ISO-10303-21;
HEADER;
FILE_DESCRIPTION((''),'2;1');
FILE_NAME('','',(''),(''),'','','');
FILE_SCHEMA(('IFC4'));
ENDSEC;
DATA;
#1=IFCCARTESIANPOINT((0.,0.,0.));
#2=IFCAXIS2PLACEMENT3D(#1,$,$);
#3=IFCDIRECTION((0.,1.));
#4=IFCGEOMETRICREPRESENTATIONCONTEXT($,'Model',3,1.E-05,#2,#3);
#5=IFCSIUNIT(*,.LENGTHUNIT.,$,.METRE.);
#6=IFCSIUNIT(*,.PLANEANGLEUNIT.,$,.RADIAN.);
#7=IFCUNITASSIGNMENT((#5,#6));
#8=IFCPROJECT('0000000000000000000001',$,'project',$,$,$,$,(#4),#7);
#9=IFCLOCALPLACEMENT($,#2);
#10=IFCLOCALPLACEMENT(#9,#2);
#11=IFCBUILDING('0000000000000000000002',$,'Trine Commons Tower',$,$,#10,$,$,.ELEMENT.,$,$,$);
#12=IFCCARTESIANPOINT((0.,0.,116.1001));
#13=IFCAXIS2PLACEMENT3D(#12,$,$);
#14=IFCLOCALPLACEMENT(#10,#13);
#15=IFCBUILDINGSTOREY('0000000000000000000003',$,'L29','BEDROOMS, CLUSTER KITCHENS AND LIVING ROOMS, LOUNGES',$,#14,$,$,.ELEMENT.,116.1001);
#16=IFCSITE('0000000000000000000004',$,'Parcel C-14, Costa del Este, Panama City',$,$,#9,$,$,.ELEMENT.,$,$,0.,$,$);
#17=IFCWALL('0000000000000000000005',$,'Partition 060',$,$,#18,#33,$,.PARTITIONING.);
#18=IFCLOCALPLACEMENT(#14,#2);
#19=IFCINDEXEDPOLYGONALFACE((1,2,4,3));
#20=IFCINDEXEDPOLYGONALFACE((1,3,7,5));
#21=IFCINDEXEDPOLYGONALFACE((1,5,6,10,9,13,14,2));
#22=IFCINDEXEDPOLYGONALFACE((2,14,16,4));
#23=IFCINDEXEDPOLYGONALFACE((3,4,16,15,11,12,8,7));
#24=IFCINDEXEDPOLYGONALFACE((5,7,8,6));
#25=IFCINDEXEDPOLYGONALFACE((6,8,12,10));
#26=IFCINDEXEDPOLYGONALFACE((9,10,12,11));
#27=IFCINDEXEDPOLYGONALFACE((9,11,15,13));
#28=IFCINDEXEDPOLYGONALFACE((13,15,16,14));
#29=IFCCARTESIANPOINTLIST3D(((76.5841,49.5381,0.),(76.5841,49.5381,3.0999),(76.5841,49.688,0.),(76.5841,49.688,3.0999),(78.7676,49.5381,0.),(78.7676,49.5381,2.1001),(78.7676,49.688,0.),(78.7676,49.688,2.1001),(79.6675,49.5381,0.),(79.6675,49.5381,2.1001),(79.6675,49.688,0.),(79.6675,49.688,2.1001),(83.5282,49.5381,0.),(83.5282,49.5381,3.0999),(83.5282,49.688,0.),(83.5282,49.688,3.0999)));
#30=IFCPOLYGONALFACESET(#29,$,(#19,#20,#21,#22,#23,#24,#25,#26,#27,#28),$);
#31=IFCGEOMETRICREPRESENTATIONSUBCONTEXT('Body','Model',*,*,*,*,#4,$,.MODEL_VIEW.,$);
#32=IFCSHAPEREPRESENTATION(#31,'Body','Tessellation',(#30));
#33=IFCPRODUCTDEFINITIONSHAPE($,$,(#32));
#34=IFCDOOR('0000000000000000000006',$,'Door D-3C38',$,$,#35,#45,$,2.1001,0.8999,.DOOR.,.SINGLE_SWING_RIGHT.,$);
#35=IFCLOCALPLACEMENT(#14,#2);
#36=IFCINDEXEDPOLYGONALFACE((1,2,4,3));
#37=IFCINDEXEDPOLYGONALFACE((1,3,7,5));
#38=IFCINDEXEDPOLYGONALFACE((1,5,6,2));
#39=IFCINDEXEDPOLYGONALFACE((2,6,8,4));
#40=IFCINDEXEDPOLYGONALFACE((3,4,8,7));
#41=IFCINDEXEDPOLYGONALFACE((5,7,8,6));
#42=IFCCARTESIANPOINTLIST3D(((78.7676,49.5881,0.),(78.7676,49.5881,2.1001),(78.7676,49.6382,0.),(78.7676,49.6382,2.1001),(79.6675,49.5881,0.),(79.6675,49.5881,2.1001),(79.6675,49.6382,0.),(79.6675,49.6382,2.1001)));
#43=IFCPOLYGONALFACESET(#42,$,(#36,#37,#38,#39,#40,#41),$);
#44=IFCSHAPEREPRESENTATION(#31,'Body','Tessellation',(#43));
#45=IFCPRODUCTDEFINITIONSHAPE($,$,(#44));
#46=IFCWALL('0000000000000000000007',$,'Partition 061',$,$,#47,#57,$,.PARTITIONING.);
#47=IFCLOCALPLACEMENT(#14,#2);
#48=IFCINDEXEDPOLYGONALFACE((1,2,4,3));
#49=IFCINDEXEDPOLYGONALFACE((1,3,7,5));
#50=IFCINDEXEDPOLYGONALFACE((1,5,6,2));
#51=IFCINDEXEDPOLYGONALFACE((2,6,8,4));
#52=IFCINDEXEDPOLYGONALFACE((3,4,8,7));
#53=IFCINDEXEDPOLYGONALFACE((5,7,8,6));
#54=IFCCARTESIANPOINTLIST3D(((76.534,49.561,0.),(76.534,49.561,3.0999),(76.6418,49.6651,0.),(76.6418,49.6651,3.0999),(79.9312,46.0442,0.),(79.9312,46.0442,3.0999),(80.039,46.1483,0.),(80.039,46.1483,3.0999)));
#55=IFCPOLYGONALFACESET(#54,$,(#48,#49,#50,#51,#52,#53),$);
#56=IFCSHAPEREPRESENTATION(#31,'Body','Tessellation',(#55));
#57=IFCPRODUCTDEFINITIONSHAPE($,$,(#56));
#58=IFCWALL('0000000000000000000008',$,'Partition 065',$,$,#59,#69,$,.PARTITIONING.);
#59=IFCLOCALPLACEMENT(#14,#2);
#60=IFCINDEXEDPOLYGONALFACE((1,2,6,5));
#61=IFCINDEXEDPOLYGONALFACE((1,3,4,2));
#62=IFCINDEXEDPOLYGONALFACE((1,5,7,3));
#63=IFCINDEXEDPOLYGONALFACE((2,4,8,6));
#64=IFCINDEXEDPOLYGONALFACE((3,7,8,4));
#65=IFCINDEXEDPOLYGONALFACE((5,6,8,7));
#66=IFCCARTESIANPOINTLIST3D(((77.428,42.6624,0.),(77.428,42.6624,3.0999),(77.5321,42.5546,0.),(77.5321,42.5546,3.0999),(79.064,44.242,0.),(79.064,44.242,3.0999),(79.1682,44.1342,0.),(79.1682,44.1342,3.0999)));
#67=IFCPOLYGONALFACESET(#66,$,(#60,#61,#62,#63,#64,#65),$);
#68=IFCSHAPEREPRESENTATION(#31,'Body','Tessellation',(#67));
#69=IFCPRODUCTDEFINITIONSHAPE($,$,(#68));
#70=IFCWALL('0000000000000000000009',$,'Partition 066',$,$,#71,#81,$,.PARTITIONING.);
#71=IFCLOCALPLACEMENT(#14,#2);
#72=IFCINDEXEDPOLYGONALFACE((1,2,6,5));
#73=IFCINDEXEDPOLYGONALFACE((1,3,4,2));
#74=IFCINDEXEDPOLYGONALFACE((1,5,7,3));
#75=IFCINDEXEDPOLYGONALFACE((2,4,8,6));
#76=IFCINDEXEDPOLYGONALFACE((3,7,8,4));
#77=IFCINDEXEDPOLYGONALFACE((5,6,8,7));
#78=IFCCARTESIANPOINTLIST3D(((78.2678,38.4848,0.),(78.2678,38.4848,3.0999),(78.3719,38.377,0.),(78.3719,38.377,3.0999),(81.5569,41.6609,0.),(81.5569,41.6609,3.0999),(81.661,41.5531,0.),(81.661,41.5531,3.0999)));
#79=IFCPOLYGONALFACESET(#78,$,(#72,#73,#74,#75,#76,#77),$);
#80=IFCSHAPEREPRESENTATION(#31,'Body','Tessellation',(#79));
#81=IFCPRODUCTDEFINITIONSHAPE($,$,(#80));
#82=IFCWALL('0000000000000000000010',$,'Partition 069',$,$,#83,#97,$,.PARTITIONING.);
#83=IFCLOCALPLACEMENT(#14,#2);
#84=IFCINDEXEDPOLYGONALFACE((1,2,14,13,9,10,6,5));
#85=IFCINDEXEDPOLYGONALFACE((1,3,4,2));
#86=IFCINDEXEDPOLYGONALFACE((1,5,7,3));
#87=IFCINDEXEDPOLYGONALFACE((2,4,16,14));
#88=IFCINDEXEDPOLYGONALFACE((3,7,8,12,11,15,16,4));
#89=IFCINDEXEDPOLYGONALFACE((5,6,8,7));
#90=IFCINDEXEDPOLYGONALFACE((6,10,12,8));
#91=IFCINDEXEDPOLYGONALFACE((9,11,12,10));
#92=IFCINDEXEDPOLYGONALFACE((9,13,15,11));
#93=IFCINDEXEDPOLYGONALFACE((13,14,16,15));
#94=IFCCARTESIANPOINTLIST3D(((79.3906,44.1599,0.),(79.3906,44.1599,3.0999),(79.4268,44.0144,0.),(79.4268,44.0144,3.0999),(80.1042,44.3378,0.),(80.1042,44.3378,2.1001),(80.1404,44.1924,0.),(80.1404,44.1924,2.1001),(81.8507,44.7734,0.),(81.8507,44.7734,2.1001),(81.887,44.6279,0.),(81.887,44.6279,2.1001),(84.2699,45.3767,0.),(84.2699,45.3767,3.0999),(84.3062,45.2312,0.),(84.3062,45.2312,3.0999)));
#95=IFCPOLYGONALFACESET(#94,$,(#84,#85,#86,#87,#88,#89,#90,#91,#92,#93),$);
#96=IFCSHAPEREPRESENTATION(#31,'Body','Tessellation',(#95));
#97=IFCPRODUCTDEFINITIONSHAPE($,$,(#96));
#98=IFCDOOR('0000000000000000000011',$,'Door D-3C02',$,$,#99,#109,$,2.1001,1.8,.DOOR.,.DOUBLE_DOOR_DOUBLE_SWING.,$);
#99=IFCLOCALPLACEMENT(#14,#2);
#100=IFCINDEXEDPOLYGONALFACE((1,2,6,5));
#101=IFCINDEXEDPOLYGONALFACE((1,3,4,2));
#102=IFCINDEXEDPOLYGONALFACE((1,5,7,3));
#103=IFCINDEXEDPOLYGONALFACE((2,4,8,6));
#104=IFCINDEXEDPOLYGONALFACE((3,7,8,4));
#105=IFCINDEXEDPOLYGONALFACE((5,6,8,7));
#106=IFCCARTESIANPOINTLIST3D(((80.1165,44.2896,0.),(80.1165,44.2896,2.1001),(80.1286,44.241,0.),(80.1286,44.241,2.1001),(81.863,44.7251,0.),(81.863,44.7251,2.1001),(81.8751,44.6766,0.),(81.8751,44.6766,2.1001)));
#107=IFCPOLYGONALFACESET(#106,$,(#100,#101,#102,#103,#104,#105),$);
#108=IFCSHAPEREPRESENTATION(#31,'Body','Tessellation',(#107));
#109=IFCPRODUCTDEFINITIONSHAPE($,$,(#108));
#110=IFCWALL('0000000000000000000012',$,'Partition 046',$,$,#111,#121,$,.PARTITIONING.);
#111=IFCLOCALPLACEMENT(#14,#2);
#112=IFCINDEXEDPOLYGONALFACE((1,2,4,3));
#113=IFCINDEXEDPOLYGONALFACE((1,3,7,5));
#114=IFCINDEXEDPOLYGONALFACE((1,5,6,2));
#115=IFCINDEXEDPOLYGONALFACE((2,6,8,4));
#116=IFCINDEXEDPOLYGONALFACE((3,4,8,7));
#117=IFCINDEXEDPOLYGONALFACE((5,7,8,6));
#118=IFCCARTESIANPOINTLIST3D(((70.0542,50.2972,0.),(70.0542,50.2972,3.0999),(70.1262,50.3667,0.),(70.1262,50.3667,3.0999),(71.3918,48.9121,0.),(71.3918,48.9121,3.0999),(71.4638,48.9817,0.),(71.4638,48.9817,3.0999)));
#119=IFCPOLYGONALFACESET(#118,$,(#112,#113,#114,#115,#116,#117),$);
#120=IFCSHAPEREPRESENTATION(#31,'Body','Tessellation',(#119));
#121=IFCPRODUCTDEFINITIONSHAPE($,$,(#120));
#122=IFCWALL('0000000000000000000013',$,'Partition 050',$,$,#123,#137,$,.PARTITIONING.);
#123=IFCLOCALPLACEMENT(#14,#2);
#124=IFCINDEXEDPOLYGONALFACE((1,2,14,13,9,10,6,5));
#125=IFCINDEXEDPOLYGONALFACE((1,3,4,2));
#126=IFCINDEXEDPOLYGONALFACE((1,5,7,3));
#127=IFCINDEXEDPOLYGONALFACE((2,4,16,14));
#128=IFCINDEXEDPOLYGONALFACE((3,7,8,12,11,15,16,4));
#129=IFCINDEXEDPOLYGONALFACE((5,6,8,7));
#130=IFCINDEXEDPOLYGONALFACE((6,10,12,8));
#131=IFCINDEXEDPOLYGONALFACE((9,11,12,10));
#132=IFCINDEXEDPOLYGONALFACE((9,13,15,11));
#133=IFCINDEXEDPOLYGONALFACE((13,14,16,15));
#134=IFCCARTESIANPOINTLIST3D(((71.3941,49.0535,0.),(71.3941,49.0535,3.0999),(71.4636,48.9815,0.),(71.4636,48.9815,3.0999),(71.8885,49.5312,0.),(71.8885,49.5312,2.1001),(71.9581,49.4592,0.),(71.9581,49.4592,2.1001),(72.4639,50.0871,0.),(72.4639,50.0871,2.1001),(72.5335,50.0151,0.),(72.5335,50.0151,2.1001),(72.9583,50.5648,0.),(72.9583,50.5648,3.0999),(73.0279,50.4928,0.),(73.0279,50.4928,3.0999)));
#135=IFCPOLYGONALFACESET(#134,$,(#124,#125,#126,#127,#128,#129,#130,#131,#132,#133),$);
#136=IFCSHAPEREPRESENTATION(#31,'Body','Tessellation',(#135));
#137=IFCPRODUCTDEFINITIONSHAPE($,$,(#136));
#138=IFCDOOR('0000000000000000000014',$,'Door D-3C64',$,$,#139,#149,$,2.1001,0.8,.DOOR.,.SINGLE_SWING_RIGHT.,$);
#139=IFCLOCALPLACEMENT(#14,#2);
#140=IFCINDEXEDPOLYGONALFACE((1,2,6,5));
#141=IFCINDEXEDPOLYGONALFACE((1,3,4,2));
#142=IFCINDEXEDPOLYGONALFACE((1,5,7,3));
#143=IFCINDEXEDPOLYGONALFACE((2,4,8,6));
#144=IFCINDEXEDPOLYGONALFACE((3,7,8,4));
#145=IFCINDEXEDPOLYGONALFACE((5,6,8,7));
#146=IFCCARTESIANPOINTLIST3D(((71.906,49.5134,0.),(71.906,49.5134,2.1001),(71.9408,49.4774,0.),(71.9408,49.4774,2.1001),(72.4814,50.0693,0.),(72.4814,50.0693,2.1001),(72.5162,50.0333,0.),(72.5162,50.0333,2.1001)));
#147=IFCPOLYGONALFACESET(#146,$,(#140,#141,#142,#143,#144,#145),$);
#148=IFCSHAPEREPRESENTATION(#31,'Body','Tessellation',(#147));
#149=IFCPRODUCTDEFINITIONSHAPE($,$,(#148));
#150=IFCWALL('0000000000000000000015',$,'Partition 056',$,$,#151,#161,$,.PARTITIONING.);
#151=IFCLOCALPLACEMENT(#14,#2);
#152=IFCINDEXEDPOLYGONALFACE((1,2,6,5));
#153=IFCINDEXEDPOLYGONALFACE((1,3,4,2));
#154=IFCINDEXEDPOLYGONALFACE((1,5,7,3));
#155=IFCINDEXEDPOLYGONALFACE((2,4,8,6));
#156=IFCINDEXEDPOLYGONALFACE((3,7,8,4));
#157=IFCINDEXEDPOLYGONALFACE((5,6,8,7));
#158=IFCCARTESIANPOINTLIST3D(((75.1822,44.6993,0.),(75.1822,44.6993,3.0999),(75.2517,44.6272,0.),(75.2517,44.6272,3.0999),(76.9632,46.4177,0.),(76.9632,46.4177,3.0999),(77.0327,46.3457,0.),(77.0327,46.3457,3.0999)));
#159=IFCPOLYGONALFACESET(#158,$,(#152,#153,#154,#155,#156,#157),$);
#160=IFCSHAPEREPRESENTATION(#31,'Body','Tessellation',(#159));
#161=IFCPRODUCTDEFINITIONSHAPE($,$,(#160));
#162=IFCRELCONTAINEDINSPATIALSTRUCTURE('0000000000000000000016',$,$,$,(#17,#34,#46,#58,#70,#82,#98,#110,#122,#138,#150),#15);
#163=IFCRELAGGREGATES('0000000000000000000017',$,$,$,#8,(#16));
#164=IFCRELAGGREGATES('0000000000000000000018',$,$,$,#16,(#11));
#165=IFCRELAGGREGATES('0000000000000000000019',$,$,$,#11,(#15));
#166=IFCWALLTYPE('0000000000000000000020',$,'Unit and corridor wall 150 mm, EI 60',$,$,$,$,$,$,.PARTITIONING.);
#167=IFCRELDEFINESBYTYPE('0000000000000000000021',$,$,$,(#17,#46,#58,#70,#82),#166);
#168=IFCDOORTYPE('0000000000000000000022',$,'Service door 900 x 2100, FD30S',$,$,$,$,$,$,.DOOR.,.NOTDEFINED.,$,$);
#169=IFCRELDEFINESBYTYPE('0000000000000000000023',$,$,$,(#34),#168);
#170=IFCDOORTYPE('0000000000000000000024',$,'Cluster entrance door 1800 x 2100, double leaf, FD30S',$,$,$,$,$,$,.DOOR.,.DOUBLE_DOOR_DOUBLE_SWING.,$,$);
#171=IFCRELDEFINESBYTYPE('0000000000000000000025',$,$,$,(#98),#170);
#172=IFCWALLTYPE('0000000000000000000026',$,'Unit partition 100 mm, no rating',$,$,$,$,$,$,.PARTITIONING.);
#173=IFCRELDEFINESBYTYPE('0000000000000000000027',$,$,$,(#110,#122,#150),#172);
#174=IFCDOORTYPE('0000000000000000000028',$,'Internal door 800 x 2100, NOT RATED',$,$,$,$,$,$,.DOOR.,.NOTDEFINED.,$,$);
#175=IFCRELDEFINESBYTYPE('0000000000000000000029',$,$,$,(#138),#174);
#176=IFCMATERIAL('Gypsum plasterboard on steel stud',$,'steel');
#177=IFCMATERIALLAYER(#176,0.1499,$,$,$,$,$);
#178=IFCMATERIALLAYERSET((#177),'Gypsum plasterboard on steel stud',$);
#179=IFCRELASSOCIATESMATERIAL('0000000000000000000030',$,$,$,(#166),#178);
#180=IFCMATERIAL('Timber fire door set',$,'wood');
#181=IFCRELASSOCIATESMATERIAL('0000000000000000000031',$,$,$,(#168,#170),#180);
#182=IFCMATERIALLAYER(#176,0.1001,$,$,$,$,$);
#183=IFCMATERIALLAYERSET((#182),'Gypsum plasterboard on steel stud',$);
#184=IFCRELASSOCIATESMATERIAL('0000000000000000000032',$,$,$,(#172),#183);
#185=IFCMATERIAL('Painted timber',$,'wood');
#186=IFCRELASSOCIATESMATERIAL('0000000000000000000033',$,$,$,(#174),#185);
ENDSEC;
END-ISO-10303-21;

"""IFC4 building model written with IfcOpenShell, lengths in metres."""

from ifc_helpers import new_model, si_unit, direction, frame, frame_2d, origin, place, context, subcontext, project, spatial, rectangle, extrude, material, layer, layer_set, type_object, element, fill, save


model = new_model("IFC4")

# Units and contexts
model_context = context("Model", 3, precision=1e-05, world=origin(), true_north=direction((0.0, 1.0)))
body_context = subcontext(model_context, "Body", "Model", "MODEL_VIEW")
ifc_project = project(units=[si_unit("LENGTHUNIT", "METRE"), si_unit("PLANEANGLEUNIT", "RADIAN")], contexts=[model_context])

# Site, building, storey
site_placement = place(None, origin())
site = spatial("IfcSite", under=ifc_project, at=site_placement, Name="Parcel C-14, Costa del Este, Panama City", CompositionType="ELEMENT", RefElevation=0.0)
building_placement = place(site_placement, origin())
building = spatial("IfcBuilding", under=site, at=building_placement, Name="Trine Commons Tower", CompositionType="ELEMENT")
storey_placement = place(building_placement, frame((0.0, 0.0, 116.1001)))
storey = spatial("IfcBuildingStorey", under=building, at=storey_placement, Name="L29", Description="BEDROOMS, CLUSTER KITCHENS AND LIVING ROOMS, LOUNGES", CompositionType="ELEMENT", Elevation=116.1001)

# Shared definitions
ifc_material_1 = material(Name="Gypsum plasterboard on steel stud", Category="steel")
ifc_layer_1 = layer(ifc_material_1, 0.1499)
ifc_layer_set_1 = layer_set([ifc_layer_1], Name="Gypsum plasterboard on steel stud")
wall_type_1 = type_object("IfcWallType", Name="Unit and corridor wall 150 mm, EI 60", PredefinedType="PARTITIONING", material=ifc_layer_set_1)

# Wall, opening, door
wall_1_placement = place(storey_placement, frame((76.584, 49.613, 0.0), z_axis=(0.0, 0.0, 1.0), x_axis=(1.0, 0.0, 0.0)))
wall_1 = element("IfcWall", 1, at=wall_1_placement, inside=storey, type_object=wall_type_1, Name="Partition 060", PredefinedType="PARTITIONING", context=body_context, shape_type="SweptSolid", body=[
    extrude(rectangle(XDim=6.9441, YDim=0.1499, at=frame_2d((3.4722, 0.0))), origin(), (0.0, 0.0, 1.0), 3.0999),
])
opening_1_placement = place(wall_1_placement, frame((2.1836, 0.0, 0.0)))
opening_1 = element("IfcOpeningElement", 2, at=opening_1_placement, cuts=wall_1, PredefinedType="OPENING", context=body_context, shape_type="SweptSolid", body=[
    extrude(rectangle(XDim=0.8999, YDim=2.1001, at=frame_2d((0.45, 1.05))), frame((0.0, 0.085, 0.0), z_axis=(0.0, -1.0, 0.0), x_axis=(1.0, 0.0, 0.0)), (0.0, 0.0, 1.0), 0.1699),
])
ifc_material_2 = material(Name="Timber fire door set", Category="wood")
door_type_1 = type_object("IfcDoorType", Name="Service door 900 x 2100, FD30S", OperationType="NOTDEFINED", PredefinedType="DOOR", material=ifc_material_2)
door_1_placement = place(opening_1_placement, frame((0.8999, 0.0, 0.0), z_axis=(0.0, 0.0, 1.0), x_axis=(-1.0, 0.0, 0.0)))
door_1 = element("IfcDoor", 3, at=door_1_placement, inside=storey, type_object=door_type_1, Name="Door D-3C38", OperationType="SINGLE_SWING_RIGHT", OverallHeight=2.1001, OverallWidth=0.8999, PredefinedType="DOOR", context=body_context, shape_type="SweptSolid", body=[
    extrude(rectangle(XDim=0.8999, YDim=2.1001, at=frame_2d((0.45, 1.05))), frame((0.0, 0.0249, 0.0), z_axis=(0.0, -1.0, 0.0), x_axis=(1.0, 0.0, 0.0)), (0.0, 0.0, 1.0), 0.05),
])
fill(opening_1, door_1)

# Walls
wall_2_placement = place(storey_placement, frame((76.5879, 49.613, 0.0), z_axis=(0.0, 0.0, 1.0), x_axis=(0.694768, -0.719234, 0.0)))
element("IfcWall", 4, at=wall_2_placement, inside=storey, type_object=wall_type_1, Name="Partition 061", PredefinedType="PARTITIONING", context=body_context, shape_type="SweptSolid", body=[
    extrude(rectangle(XDim=4.8896, YDim=0.1499, at=frame_2d((2.4448, 0.0))), origin(), (0.0, 0.0, 1.0), 3.0999),
])
wall_3_placement = place(storey_placement, frame((77.48, 42.6084, 0.0), z_axis=(0.0, 0.0, 1.0), x_axis=(0.719398, 0.694598, 0.0)))
element("IfcWall", 5, at=wall_3_placement, inside=storey, type_object=wall_type_1, Name="Partition 065", PredefinedType="PARTITIONING", context=body_context, shape_type="SweptSolid", body=[
    extrude(rectangle(XDim=2.2742, YDim=0.1499, at=frame_2d((1.1372, 0.0))), origin(), (0.0, 0.0, 1.0), 3.0999),
])
wall_4_placement = place(storey_placement, frame((78.3198, 38.4309, 0.0), z_axis=(0.0, 0.0, 1.0), x_axis=(0.71936, 0.694637, 0.0)))
element("IfcWall", 6, at=wall_4_placement, inside=storey, type_object=wall_type_1, Name="Partition 066", PredefinedType="PARTITIONING", context=body_context, shape_type="SweptSolid", body=[
    extrude(rectangle(XDim=4.5723, YDim=0.1499, at=frame_2d((2.2861, 0.0))), origin(), (0.0, 0.0, 1.0), 3.0999),
])

# Wall, opening, door
wall_5_placement = place(storey_placement, frame((79.4087, 44.0872, 0.0), z_axis=(0.0, 0.0, 1.0), x_axis=(0.970285, 0.241964, 0.0)))
wall_5 = element("IfcWall", 7, at=wall_5_placement, inside=storey, type_object=wall_type_1, Name="Partition 069", PredefinedType="PARTITIONING", context=body_context, shape_type="SweptSolid", body=[
    extrude(rectangle(XDim=5.0288, YDim=0.1499, at=frame_2d((2.5144, 0.0))), origin(), (0.0, 0.0, 1.0), 3.0999),
])
opening_2_placement = place(wall_5_placement, frame((0.7356, 0.0, 0.0)))
opening_2 = element("IfcOpeningElement", 8, at=opening_2_placement, cuts=wall_5, PredefinedType="OPENING", context=body_context, shape_type="SweptSolid", body=[
    extrude(rectangle(XDim=1.8, YDim=2.1001, at=frame_2d((0.8999, 1.05))), frame((0.0, 0.085, 0.0), z_axis=(0.0, -1.0, 0.0), x_axis=(1.0, 0.0, 0.0)), (0.0, 0.0, 1.0), 0.1699),
])
door_type_2 = type_object("IfcDoorType", Name="Cluster entrance door 1800 x 2100, double leaf, FD30S", OperationType="DOUBLE_DOOR_DOUBLE_SWING", PredefinedType="DOOR", material=ifc_material_2)
door_2_placement = place(opening_2_placement, frame((1.8, 0.0, 0.0), z_axis=(0.0, 0.0, 1.0), x_axis=(-1.0, 0.0, 0.0)))
door_2 = element("IfcDoor", 9, at=door_2_placement, inside=storey, type_object=door_type_2, Name="Door D-3C02", OperationType="DOUBLE_DOOR_DOUBLE_SWING", OverallHeight=2.1001, OverallWidth=1.8, PredefinedType="DOOR", context=body_context, shape_type="SweptSolid", body=[
    extrude(rectangle(XDim=1.8, YDim=2.1001, at=frame_2d((0.8999, 1.05))), frame((0.0, 0.0249, 0.0), z_axis=(0.0, -1.0, 0.0), x_axis=(1.0, 0.0, 0.0)), (0.0, 0.0, 1.0), 0.05),
])
fill(opening_2, door_2)

# Wall
ifc_layer_2 = layer(ifc_material_1, 0.1001)
ifc_layer_set_2 = layer_set([ifc_layer_2], Name="Gypsum plasterboard on steel stud")
wall_type_2 = type_object("IfcWallType", Name="Unit partition 100 mm, no rating", PredefinedType="PARTITIONING", material=ifc_layer_set_2)
wall_6_placement = place(storey_placement, frame((70.0901, 50.332, 0.0), z_axis=(0.0, 0.0, 1.0), x_axis=(0.694701, -0.719299, 0.0)))
element("IfcWall", 10, at=wall_6_placement, inside=storey, type_object=wall_type_2, Name="Partition 046", PredefinedType="PARTITIONING", context=body_context, shape_type="SweptSolid", body=[
    extrude(rectangle(XDim=1.9255, YDim=0.1001, at=frame_2d((0.9629, 0.0))), origin(), (0.0, 0.0, 1.0), 3.0999),
])

# Wall, opening, door
wall_7_placement = place(storey_placement, frame((71.429, 49.0176, 0.0), z_axis=(0.0, 0.0, 1.0), x_axis=(0.719181, 0.694823, 0.0)))
wall_7 = element("IfcWall", 11, at=wall_7_placement, inside=storey, type_object=wall_type_2, Name="Partition 050", PredefinedType="PARTITIONING", context=body_context, shape_type="SweptSolid", body=[
    extrude(rectangle(XDim=2.175, YDim=0.1001, at=frame_2d((1.0874, 0.0))), origin(), (0.0, 0.0, 1.0), 3.0999),
])
opening_3_placement = place(wall_7_placement, frame((0.6875, 0.0, 0.0)))
opening_3 = element("IfcOpeningElement", 12, at=opening_3_placement, cuts=wall_7, PredefinedType="OPENING", context=body_context, shape_type="SweptSolid", body=[
    extrude(rectangle(XDim=0.8, YDim=2.1001, at=frame_2d((0.3999, 1.05))), frame((0.0, 0.0601, 0.0), z_axis=(0.0, -1.0, 0.0), x_axis=(1.0, 0.0, 0.0)), (0.0, 0.0, 1.0), 0.1201),
])
ifc_material_3 = material(Name="Painted timber", Category="wood")
door_type_3 = type_object("IfcDoorType", Name="Internal door 800 x 2100, NOT RATED", OperationType="NOTDEFINED", PredefinedType="DOOR", material=ifc_material_3)
door_3_placement = place(opening_3_placement, frame((0.8, 0.0, 0.0), z_axis=(0.0, 0.0, 1.0), x_axis=(-1.0, 0.0, 0.0)))
door_3 = element("IfcDoor", 13, at=door_3_placement, inside=storey, type_object=door_type_3, Name="Door D-3C64", OperationType="SINGLE_SWING_RIGHT", OverallHeight=2.1001, OverallWidth=0.8, PredefinedType="DOOR", context=body_context, shape_type="SweptSolid", body=[
    extrude(rectangle(XDim=0.8, YDim=2.1001, at=frame_2d((0.3999, 1.05))), frame((0.0, 0.0249, 0.0), z_axis=(0.0, -1.0, 0.0), x_axis=(1.0, 0.0, 0.0)), (0.0, 0.0, 1.0), 0.05),
])
fill(opening_3, door_3)

# Wall
wall_8_placement = place(storey_placement, frame((75.217, 44.6633, 0.0), z_axis=(0.0, 0.0, 1.0), x_axis=(0.719621, 0.694367, 0.0)))
element("IfcWall", 14, at=wall_8_placement, inside=storey, type_object=wall_type_2, Name="Partition 056", PredefinedType="PARTITIONING", context=body_context, shape_type="SweptSolid", body=[
    extrude(rectangle(XDim=2.4749, YDim=0.1001, at=frame_2d((1.2373, 0.0))), origin(), (0.0, 0.0, 1.0), 3.0999),
])

save(model, "model.ifc")
